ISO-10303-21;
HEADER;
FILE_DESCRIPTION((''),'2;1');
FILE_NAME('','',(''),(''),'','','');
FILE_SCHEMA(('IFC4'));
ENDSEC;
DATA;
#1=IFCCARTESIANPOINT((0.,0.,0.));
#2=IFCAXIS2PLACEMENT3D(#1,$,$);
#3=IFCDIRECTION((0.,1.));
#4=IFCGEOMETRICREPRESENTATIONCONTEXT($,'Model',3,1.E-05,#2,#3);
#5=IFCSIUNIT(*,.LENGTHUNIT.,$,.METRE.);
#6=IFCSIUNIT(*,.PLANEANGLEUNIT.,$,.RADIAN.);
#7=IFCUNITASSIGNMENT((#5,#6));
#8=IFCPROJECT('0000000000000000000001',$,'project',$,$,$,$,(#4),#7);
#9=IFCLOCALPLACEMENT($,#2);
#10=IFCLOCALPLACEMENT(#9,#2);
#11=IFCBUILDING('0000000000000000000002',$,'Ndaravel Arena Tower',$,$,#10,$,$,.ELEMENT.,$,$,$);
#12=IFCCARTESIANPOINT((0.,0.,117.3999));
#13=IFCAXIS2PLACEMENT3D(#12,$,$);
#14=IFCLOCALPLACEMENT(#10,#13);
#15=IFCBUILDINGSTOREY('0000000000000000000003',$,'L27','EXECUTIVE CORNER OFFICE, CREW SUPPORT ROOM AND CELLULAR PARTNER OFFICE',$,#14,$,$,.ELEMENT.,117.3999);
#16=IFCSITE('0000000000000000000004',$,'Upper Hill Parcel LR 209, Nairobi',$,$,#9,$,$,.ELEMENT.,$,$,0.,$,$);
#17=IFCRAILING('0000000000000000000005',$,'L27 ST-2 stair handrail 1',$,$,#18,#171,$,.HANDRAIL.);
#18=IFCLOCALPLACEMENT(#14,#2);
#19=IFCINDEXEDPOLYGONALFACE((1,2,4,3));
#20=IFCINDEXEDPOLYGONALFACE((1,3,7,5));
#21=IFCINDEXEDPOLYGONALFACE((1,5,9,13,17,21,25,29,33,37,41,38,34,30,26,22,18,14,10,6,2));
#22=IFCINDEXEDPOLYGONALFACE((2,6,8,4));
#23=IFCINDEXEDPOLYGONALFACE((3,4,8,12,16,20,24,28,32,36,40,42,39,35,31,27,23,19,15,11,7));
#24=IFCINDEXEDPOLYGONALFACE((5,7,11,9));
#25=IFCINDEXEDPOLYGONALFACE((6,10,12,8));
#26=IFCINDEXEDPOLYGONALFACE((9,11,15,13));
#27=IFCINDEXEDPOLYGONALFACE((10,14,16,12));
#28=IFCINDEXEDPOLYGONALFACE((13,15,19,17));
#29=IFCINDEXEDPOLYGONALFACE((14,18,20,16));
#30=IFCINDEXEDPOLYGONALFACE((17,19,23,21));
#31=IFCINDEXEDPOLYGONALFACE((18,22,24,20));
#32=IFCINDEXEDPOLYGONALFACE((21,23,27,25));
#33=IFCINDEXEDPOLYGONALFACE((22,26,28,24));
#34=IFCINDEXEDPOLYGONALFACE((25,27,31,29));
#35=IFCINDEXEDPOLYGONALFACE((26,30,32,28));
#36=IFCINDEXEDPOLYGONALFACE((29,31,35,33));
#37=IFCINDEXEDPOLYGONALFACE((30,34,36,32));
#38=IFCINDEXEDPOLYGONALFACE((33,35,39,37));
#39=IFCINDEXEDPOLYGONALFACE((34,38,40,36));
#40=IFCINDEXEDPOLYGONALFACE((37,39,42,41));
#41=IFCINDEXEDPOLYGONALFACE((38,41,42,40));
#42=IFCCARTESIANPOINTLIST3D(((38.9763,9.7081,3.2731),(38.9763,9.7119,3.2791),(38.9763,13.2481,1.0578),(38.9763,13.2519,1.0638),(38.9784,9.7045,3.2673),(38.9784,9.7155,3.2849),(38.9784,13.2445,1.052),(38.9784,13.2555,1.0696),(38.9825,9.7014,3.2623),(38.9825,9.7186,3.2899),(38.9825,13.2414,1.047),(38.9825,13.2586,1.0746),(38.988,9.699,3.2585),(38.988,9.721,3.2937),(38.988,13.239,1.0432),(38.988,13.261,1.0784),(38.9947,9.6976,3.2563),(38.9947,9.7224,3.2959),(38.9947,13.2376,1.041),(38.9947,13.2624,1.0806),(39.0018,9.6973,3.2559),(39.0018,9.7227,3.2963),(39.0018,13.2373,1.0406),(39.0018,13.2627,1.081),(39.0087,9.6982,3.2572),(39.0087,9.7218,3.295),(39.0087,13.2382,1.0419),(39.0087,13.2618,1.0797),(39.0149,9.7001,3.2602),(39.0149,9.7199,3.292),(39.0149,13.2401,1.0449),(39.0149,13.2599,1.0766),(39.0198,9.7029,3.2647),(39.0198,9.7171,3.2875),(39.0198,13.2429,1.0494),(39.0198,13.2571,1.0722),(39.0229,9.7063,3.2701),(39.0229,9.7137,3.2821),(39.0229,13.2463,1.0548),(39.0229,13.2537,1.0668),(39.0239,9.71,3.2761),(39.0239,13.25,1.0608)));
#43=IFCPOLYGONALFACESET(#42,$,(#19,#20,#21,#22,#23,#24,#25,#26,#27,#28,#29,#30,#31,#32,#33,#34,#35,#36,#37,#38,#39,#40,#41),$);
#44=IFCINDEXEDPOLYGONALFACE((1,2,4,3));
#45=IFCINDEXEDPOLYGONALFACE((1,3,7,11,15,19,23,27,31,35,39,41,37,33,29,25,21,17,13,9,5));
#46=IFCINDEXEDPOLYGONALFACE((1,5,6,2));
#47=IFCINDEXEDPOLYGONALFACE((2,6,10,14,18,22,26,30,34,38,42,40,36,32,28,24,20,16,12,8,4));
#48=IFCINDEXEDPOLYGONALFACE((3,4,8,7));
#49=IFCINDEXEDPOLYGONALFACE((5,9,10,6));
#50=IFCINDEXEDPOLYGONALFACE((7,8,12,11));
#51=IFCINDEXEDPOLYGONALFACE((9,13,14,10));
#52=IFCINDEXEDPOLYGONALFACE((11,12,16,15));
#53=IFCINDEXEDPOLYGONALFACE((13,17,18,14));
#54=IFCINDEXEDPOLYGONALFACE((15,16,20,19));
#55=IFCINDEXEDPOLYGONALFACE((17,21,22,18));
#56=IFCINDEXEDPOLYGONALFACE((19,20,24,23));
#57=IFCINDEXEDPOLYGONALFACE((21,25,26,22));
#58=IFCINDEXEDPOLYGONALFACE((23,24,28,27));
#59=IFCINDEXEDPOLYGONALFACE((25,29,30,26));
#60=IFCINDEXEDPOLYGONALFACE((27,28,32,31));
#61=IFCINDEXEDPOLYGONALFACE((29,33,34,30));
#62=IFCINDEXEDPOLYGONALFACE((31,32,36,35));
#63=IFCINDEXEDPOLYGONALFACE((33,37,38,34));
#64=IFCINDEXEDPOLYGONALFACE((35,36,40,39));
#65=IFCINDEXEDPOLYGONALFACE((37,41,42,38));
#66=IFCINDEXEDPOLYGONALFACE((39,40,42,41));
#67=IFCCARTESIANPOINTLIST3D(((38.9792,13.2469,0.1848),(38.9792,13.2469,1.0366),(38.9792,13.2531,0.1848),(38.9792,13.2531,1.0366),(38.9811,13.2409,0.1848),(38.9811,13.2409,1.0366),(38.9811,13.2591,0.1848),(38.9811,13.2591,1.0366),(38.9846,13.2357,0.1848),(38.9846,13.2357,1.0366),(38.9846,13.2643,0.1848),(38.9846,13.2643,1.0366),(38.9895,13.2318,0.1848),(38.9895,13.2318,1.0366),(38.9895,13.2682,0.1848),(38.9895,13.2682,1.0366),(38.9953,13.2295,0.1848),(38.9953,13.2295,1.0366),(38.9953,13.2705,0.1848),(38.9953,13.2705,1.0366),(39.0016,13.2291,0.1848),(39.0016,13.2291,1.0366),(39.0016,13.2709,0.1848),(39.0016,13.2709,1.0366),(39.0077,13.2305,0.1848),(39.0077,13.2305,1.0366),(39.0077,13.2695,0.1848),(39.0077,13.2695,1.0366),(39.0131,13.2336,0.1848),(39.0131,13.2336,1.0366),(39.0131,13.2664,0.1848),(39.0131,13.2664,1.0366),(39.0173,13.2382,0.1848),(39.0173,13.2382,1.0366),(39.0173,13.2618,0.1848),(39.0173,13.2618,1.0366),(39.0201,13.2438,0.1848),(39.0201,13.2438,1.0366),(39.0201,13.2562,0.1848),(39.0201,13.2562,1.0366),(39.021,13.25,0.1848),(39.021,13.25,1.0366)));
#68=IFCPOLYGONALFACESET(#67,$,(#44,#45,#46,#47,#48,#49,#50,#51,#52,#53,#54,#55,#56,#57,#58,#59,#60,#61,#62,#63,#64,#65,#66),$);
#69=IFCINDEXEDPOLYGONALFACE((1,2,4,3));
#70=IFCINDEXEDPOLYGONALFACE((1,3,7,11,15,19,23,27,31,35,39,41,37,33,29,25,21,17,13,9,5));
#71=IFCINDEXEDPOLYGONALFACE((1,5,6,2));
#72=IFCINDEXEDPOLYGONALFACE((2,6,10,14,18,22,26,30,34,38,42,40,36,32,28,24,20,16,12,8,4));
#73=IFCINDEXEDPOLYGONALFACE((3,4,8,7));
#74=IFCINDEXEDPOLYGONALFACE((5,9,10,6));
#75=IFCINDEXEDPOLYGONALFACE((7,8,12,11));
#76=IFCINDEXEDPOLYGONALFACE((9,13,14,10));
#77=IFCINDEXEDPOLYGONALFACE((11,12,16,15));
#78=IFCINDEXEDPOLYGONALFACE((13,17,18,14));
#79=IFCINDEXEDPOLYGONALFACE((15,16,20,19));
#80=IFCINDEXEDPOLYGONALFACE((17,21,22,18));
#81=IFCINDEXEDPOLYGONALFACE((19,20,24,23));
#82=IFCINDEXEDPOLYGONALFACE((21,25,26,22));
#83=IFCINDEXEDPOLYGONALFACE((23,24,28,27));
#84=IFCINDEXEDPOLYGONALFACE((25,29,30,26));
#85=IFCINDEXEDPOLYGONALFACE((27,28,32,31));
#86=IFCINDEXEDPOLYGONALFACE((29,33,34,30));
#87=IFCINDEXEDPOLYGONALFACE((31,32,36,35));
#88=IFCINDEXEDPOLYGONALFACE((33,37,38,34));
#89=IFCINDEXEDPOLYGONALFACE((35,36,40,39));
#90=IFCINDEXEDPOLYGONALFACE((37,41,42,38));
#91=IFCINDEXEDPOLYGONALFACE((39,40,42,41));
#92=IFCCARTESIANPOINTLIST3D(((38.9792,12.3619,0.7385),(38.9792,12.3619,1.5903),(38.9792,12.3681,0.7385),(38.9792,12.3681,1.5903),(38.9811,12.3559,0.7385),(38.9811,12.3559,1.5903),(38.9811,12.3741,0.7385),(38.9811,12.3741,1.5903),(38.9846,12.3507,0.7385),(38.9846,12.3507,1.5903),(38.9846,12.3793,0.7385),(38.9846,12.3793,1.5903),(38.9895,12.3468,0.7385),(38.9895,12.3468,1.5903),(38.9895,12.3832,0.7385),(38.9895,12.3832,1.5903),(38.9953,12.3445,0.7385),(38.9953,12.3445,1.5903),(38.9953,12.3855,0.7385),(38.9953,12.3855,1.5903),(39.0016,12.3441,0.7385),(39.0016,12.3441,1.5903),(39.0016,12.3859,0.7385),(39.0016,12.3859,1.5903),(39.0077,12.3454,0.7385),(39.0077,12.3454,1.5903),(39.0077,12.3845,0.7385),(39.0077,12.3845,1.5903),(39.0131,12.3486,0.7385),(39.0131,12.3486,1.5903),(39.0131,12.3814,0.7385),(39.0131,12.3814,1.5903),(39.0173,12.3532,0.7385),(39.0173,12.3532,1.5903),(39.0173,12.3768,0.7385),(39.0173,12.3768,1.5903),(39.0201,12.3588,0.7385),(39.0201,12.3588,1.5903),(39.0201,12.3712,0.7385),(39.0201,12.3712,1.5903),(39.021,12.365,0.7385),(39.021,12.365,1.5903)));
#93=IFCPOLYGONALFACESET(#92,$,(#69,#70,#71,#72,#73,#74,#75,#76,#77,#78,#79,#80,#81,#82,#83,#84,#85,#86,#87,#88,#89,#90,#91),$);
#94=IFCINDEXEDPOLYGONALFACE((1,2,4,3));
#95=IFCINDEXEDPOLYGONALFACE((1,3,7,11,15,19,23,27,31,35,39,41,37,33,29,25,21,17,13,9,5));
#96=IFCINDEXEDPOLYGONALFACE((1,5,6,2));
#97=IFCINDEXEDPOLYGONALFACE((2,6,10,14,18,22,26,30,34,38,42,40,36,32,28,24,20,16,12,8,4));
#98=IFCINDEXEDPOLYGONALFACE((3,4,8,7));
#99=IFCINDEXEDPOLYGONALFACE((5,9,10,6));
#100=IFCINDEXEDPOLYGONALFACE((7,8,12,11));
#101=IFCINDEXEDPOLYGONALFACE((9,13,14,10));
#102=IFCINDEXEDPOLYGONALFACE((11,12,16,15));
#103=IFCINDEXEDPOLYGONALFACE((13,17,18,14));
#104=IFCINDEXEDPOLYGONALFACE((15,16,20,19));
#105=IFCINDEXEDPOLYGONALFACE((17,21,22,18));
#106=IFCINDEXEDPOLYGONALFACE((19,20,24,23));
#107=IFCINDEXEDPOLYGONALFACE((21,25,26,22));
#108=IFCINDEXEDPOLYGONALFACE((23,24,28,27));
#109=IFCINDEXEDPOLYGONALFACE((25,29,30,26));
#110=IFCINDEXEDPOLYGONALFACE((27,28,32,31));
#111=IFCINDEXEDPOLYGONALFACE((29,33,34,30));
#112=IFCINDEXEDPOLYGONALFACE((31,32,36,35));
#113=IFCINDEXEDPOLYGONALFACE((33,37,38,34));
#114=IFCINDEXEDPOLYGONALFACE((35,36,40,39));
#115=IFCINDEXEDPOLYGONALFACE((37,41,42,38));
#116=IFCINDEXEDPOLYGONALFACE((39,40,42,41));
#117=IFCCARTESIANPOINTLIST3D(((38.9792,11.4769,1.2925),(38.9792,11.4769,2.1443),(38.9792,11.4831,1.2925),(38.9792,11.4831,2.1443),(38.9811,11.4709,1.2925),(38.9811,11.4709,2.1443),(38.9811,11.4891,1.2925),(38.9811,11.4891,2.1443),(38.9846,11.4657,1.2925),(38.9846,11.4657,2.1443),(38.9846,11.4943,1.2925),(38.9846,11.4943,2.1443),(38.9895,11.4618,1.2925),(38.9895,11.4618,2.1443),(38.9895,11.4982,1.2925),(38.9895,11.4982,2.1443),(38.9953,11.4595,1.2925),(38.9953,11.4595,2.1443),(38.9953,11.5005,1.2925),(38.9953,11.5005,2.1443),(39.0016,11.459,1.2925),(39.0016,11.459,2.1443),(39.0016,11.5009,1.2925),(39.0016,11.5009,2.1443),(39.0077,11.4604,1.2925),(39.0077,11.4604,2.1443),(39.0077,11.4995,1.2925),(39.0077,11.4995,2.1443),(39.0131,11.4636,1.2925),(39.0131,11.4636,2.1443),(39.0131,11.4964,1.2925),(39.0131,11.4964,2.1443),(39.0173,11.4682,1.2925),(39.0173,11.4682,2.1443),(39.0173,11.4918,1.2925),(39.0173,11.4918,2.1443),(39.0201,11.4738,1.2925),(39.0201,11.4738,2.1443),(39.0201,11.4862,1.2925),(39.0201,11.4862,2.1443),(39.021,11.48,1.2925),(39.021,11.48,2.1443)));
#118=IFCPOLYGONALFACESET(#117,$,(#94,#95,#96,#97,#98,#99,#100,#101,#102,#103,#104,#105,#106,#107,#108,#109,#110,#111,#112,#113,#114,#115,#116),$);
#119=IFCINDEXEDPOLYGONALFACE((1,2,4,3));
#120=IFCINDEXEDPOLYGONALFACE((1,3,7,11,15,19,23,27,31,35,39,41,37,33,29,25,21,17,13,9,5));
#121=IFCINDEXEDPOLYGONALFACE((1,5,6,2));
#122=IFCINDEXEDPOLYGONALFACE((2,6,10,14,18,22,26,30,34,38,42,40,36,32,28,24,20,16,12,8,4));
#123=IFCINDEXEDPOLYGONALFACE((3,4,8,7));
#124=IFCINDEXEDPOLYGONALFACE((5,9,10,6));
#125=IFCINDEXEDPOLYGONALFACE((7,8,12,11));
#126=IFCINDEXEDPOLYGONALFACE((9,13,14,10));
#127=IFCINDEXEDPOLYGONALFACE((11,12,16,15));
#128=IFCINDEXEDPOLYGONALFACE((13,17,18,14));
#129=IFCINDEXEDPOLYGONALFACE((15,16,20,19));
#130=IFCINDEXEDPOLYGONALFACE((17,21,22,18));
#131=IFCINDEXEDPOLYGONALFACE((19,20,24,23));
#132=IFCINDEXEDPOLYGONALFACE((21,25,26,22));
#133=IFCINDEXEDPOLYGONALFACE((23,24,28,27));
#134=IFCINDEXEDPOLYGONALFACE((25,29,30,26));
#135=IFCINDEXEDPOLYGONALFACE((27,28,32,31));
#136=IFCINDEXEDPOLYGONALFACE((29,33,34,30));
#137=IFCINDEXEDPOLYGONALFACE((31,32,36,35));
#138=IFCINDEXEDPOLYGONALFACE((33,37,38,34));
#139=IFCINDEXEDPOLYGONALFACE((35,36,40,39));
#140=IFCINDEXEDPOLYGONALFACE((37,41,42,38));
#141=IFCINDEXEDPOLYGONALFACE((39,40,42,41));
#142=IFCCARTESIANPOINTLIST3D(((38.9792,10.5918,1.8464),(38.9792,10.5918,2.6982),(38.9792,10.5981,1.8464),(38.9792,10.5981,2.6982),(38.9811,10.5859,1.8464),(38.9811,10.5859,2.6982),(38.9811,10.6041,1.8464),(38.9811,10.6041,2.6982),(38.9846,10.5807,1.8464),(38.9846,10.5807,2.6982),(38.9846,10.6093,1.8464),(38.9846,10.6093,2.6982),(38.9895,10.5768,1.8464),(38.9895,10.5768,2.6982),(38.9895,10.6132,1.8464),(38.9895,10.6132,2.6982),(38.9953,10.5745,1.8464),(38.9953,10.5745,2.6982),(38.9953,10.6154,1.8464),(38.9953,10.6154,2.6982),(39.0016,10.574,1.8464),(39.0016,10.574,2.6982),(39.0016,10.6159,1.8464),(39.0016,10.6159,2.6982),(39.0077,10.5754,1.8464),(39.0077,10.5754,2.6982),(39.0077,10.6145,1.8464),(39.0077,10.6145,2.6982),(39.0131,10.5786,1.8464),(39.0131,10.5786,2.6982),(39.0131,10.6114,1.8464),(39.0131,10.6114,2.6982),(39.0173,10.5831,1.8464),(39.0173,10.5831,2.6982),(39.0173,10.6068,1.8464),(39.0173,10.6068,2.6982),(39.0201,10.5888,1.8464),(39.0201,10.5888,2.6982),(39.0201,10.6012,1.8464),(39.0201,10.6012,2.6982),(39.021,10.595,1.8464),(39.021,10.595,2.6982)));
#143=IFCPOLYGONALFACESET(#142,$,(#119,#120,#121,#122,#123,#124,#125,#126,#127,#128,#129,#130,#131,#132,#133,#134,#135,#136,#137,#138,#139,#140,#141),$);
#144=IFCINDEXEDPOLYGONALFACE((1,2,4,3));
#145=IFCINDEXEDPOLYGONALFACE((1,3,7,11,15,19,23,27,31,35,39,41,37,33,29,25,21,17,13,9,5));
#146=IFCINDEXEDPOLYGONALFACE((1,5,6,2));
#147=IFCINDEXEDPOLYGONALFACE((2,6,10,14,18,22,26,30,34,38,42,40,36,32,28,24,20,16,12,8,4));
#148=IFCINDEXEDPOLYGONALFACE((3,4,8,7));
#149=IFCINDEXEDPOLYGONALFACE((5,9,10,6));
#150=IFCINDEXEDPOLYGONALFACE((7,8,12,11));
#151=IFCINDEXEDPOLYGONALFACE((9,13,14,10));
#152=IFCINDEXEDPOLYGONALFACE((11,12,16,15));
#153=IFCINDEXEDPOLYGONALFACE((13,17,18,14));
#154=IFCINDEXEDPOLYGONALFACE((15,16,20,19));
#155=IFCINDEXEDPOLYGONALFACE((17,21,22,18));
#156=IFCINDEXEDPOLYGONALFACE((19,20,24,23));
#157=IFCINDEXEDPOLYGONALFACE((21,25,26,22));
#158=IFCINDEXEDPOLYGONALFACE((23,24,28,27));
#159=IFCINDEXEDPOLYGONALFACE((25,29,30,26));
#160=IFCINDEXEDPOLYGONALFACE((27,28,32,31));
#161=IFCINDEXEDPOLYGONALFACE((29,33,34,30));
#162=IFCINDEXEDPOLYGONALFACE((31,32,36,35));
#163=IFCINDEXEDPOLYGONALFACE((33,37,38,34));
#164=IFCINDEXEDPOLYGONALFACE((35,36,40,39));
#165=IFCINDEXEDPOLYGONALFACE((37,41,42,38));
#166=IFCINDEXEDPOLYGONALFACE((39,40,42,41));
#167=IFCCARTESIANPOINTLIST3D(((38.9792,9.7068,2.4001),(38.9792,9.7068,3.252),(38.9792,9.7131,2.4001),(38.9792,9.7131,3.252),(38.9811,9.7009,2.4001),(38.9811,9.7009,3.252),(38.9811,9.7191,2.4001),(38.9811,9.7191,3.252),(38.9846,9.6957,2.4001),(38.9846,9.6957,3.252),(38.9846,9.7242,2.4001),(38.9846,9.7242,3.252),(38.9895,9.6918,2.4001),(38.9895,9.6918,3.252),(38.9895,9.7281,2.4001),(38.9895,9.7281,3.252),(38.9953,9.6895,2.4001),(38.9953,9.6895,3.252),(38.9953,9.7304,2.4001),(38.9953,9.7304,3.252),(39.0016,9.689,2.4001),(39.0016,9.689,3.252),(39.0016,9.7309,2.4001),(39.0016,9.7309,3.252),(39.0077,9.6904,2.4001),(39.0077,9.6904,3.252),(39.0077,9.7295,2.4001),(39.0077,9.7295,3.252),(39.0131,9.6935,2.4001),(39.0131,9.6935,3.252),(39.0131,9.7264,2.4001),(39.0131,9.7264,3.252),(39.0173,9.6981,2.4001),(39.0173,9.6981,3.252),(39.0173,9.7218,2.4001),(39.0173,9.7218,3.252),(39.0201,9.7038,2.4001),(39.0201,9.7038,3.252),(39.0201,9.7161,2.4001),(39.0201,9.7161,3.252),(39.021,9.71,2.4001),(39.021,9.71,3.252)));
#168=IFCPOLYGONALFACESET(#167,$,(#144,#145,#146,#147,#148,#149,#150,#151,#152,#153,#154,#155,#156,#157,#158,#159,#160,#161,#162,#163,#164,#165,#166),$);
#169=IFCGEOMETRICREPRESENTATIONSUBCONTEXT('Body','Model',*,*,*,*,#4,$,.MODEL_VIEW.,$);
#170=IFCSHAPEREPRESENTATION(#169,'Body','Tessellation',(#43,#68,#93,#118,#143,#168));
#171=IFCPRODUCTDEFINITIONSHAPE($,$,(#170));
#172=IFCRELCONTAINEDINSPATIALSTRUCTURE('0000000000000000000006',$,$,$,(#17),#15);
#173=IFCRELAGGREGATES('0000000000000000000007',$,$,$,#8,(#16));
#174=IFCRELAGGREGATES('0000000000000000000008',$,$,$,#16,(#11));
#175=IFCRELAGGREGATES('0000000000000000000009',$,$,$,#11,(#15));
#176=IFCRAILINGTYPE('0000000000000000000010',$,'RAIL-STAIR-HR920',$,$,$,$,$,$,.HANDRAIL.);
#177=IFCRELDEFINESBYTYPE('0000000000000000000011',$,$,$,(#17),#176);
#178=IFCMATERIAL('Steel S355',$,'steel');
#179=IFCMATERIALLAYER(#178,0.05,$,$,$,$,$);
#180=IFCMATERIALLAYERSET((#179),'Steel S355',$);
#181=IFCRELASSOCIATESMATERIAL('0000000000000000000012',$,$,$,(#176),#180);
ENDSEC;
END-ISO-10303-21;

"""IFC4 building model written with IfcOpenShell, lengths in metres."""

from ifc_helpers import new_model, si_unit, direction, frame, origin, origin_2d, place, context, subcontext, project, spatial, circle, extrude, material, layer, layer_set, type_object, element, save


model = new_model("IFC4")

# Units and contexts
model_context = context("Model", 3, precision=1e-05, world=origin(), true_north=direction((0.0, 1.0)))
body_context = subcontext(model_context, "Body", "Model", "MODEL_VIEW")
ifc_project = project(units=[si_unit("LENGTHUNIT", "METRE"), si_unit("PLANEANGLEUNIT", "RADIAN")], contexts=[model_context])

# Site, building, storey
site_placement = place(None, origin())
site = spatial("IfcSite", under=ifc_project, at=site_placement, Name="Upper Hill Parcel LR 209, Nairobi", CompositionType="ELEMENT", RefElevation=0.0)
building_placement = place(site_placement, origin())
building = spatial("IfcBuilding", under=site, at=building_placement, Name="Ndaravel Arena Tower", CompositionType="ELEMENT")
storey_placement = place(building_placement, frame((0.0, 0.0, 117.3999)))
storey = spatial("IfcBuildingStorey", under=building, at=storey_placement, Name="L27", Description="EXECUTIVE CORNER OFFICE, CREW SUPPORT ROOM AND CELLULAR PARTNER OFFICE", CompositionType="ELEMENT", Elevation=117.3999)

# Railing
ifc_material_1 = material(Name="Steel S355", Category="steel")
ifc_layer_1 = layer(ifc_material_1, 0.05)
ifc_layer_set_1 = layer_set([ifc_layer_1], Name="Steel S355")
railing_type_1 = type_object("IfcRailingType", Name="RAIL-STAIR-HR920", PredefinedType="HANDRAIL", material=ifc_layer_set_1)
railing_1_placement = place(storey_placement, frame((39.0, 13.25, 0.1848)))
element("IfcRailing", 1, at=railing_1_placement, inside=storey, type_object=railing_type_1, Name="L27 ST-2 stair handrail 1", PredefinedType="HANDRAIL", context=body_context, shape_type="SweptSolid", body=[
    extrude(circle(Radius=0.0239, at=origin_2d()), frame((0.0, 0.0, 0.876), z_axis=(0.0, -0.847696, 0.530482), x_axis=(1.0, 0.0, 0.0)), (0.0, 0.0, 1.0), 4.176),
    extrude(circle(Radius=0.021, at=origin_2d()), origin(), (0.0, 0.0, 1.0), 0.8518),
    extrude(circle(Radius=0.021, at=origin_2d()), frame((0.0, -0.885, 0.5537)), (0.0, 0.0, 1.0), 0.8518),
    extrude(circle(Radius=0.021, at=origin_2d()), frame((0.0, -1.77, 1.1077)), (0.0, 0.0, 1.0), 0.8518),
    extrude(circle(Radius=0.021, at=origin_2d()), frame((0.0, -2.655, 1.6616)), (0.0, 0.0, 1.0), 0.8518),
    extrude(circle(Radius=0.021, at=origin_2d()), frame((0.0, -3.54, 2.2153)), (0.0, 0.0, 1.0), 0.8518),
])

save(model, "model.ifc")
